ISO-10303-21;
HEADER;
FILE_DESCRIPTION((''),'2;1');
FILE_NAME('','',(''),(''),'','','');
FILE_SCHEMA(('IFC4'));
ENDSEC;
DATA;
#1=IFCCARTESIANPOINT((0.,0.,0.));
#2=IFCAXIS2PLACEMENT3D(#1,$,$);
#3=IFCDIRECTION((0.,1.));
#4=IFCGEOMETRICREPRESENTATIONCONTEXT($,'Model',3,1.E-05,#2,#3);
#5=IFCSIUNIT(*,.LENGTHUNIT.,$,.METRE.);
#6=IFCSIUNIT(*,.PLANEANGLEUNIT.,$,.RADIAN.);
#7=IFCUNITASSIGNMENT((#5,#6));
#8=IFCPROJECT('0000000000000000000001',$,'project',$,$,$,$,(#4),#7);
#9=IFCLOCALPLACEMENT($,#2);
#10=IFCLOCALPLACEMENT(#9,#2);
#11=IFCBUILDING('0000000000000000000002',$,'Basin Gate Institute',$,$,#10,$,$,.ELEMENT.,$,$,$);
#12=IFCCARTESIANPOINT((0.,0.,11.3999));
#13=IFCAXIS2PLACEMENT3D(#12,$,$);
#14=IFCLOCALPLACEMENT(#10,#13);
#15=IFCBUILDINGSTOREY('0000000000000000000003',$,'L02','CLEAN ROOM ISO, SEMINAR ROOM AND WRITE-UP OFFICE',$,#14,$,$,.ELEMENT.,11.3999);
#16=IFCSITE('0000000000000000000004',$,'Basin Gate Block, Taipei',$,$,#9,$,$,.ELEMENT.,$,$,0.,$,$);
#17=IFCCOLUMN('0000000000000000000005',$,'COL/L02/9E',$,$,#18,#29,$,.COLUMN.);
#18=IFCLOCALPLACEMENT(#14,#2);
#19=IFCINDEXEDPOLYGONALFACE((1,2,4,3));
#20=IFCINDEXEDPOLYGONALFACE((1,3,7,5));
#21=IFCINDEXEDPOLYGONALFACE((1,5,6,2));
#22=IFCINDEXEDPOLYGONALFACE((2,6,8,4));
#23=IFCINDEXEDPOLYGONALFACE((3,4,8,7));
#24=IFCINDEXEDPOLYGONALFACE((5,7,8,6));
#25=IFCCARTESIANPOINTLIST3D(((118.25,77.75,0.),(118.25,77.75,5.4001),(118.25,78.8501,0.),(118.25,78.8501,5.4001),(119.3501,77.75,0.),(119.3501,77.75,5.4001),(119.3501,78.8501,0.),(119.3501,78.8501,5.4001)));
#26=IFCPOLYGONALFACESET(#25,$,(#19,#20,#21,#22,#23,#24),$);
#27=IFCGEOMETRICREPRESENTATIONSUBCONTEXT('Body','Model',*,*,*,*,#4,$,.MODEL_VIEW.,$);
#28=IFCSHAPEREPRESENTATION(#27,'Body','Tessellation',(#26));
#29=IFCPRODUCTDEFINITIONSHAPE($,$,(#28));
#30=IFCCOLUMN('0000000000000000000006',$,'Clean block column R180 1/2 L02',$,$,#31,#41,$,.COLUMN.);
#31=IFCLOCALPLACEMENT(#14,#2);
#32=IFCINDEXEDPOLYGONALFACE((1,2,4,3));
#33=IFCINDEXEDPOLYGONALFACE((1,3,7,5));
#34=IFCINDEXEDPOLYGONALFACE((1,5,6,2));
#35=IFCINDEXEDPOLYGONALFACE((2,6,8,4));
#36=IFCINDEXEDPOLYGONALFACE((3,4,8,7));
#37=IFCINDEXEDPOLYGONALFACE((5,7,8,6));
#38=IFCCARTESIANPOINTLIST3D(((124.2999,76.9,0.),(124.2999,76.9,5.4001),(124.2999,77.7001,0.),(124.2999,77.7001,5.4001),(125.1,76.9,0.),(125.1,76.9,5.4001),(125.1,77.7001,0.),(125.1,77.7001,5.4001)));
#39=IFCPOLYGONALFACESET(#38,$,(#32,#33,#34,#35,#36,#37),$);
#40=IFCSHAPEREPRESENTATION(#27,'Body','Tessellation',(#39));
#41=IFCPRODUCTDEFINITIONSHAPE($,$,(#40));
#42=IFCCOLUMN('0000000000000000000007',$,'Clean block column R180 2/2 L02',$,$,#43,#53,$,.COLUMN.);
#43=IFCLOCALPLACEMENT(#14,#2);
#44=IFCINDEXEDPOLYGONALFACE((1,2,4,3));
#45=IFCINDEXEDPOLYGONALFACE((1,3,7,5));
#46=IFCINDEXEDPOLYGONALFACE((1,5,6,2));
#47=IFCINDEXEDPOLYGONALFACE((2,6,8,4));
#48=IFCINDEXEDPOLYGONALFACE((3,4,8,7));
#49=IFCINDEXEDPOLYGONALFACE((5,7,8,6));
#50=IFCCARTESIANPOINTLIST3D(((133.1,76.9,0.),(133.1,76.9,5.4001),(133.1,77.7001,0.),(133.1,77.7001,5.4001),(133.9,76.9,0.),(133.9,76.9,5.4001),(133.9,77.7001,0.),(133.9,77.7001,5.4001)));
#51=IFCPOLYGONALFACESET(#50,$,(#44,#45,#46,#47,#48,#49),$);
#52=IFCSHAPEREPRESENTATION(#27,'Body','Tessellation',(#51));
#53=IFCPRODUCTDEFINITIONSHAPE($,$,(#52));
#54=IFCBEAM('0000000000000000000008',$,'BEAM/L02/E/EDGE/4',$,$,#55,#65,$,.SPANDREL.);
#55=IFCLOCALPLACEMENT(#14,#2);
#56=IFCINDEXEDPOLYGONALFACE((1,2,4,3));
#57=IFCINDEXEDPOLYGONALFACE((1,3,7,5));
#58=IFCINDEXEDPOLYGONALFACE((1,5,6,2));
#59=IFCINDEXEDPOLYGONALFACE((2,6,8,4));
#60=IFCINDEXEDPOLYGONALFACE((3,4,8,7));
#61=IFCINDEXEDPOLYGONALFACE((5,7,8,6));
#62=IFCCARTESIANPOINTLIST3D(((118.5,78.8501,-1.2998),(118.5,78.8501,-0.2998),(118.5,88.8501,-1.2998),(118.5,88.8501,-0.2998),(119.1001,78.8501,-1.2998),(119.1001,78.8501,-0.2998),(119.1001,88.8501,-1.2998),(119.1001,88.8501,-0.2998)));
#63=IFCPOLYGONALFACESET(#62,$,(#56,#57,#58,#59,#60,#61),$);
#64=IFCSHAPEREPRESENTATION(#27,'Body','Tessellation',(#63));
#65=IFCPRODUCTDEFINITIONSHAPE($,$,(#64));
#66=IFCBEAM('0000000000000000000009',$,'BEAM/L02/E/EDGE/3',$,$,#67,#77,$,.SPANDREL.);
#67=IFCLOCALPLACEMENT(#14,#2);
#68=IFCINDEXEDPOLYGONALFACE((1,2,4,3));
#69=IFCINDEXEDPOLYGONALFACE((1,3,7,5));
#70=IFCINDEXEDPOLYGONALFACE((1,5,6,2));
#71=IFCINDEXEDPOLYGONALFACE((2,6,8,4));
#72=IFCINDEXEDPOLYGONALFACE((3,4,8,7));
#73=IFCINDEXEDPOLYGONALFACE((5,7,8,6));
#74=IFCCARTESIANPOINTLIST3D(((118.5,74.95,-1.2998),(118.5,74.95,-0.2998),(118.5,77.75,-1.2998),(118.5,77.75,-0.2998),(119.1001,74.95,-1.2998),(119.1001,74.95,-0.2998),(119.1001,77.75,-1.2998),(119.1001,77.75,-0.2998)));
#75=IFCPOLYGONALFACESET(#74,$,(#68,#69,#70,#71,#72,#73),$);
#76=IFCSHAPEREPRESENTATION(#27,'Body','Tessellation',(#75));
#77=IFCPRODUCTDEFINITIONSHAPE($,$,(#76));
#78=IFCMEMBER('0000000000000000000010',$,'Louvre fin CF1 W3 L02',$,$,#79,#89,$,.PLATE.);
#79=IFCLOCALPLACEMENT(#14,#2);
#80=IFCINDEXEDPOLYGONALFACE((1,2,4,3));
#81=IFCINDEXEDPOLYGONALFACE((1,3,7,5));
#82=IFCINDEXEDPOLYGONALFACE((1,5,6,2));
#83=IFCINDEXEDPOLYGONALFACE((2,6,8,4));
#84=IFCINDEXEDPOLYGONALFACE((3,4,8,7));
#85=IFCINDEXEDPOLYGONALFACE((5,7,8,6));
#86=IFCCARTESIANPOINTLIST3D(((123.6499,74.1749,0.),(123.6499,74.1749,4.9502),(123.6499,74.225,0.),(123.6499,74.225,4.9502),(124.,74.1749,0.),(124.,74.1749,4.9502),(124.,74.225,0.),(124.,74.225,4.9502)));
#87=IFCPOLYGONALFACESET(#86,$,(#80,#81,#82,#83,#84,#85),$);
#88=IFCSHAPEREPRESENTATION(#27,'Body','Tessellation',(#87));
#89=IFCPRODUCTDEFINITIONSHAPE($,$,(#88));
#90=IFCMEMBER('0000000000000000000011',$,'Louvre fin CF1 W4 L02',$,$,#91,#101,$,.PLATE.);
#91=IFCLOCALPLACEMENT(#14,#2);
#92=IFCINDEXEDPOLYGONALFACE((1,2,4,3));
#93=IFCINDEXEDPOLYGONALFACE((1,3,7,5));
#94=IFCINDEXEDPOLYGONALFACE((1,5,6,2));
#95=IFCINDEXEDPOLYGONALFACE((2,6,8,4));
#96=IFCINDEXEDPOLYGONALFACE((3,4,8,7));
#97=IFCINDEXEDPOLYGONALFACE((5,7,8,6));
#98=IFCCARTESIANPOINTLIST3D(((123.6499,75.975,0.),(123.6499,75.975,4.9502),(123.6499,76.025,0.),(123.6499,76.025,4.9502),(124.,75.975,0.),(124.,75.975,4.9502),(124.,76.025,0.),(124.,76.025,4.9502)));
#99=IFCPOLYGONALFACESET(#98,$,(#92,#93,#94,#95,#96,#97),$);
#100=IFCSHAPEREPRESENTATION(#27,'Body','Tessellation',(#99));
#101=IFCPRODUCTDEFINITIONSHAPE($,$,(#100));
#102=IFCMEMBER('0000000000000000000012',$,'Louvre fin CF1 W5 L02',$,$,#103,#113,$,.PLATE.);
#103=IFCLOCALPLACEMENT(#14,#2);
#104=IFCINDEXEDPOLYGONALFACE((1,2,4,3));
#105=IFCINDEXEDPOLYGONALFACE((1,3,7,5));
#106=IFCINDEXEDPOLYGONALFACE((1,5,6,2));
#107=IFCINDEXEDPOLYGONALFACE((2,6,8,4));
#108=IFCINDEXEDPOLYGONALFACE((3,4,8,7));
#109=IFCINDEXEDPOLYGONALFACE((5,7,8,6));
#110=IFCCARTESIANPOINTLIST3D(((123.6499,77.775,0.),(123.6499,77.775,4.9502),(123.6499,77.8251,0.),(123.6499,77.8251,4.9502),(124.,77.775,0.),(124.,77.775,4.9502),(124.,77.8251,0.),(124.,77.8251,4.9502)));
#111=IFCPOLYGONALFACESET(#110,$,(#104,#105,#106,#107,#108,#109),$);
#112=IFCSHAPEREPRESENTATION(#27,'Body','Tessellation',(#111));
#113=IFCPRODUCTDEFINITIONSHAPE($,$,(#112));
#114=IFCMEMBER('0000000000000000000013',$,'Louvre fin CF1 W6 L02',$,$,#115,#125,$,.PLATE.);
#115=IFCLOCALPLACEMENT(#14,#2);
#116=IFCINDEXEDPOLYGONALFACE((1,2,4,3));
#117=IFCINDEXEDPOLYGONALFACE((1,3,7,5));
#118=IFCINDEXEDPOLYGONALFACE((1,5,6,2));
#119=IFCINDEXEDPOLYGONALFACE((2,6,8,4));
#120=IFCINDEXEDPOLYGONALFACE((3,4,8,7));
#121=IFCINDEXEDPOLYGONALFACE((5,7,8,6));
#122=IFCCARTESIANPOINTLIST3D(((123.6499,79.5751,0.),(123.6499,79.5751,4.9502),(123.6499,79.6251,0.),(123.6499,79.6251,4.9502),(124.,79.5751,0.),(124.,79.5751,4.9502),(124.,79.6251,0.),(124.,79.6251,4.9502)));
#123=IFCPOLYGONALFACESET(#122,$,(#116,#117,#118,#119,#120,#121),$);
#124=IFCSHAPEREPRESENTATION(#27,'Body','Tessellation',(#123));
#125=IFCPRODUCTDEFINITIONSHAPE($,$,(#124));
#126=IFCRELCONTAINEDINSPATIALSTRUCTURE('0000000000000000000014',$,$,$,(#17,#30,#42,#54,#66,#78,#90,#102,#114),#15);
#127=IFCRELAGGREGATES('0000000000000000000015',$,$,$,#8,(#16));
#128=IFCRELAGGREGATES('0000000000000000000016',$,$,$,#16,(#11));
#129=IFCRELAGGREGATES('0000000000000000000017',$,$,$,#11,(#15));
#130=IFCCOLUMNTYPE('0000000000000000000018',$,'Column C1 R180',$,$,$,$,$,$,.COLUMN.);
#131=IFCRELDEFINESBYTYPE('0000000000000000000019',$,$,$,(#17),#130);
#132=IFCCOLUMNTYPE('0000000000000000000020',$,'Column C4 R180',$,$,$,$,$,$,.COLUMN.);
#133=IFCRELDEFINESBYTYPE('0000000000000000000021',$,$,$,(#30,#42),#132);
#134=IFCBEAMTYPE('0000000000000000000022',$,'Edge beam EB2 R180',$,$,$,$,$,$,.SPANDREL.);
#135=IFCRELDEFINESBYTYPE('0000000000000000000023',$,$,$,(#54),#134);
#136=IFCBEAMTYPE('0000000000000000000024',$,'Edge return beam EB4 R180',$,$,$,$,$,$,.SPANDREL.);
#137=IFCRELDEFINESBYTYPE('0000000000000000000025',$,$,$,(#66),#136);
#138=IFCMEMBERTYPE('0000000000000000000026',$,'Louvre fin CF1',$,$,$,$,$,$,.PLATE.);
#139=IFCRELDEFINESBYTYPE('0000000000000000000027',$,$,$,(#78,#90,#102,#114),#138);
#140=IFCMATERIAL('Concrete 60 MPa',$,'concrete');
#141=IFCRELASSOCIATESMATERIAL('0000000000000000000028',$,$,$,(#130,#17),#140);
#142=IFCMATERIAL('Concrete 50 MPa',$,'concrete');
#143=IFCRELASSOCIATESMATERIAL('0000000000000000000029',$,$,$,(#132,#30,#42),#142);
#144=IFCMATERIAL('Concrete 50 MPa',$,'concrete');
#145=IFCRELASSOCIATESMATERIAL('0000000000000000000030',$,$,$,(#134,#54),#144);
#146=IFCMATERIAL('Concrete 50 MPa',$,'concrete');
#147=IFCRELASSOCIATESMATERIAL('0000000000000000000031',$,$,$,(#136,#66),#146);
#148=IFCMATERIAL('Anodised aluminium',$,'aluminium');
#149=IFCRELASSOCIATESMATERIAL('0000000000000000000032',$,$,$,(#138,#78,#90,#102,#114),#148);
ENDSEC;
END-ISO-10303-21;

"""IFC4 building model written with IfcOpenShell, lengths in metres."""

from ifc_helpers import new_model, si_unit, direction, frame, origin, origin_2d, place, context, subcontext, project, spatial, rectangle, extrude, material, material_profile, profile_set, type_object, element, save


model = new_model("IFC4")

# Units and contexts
model_context = context("Model", 3, precision=1e-05, world=origin(), true_north=direction((0.0, 1.0)))
body_context = subcontext(model_context, "Body", "Model", "MODEL_VIEW")
ifc_project = project(units=[si_unit("LENGTHUNIT", "METRE"), si_unit("PLANEANGLEUNIT", "RADIAN")], contexts=[model_context])

# Site, building, storey
site_placement = place(None, origin())
site = spatial("IfcSite", under=ifc_project, at=site_placement, Name="Basin Gate Block, Taipei", CompositionType="ELEMENT", RefElevation=0.0)
building_placement = place(site_placement, origin())
building = spatial("IfcBuilding", under=site, at=building_placement, Name="Basin Gate Institute", CompositionType="ELEMENT")
storey_placement = place(building_placement, frame((0.0, 0.0, 11.3999)))
storey = spatial("IfcBuildingStorey", under=building, at=storey_placement, Name="L02", Description="CLEAN ROOM ISO, SEMINAR ROOM AND WRITE-UP OFFICE", CompositionType="ELEMENT", Elevation=11.3999)

# Columns
ifc_material_1 = material(Name="Concrete 60 MPa", Category="concrete")
ifc_material_profile_1 = material_profile(ifc_material_1, rectangle(XDim=1.1001, YDim=1.1001, at=origin_2d()), Name="Column C1 1100 x 1100")
ifc_profile_set_1 = profile_set([ifc_material_profile_1], Name="Concrete 60 MPa")
column_type_1 = type_object("IfcColumnType", Name="Column C1 R180", PredefinedType="COLUMN", material=ifc_profile_set_1)
column_placement = place(storey_placement, frame((118.8, 78.3, 0.0), z_axis=(0.0, 0.0, 1.0), x_axis=(1.0, 0.0, 0.0)))
element("IfcColumn", 1, at=column_placement, inside=storey, type_object=column_type_1, material=ifc_profile_set_1, Name="COL/L02/9E", PredefinedType="COLUMN", context=body_context, shape_type="SweptSolid", body=[
    extrude(rectangle(XDim=1.1001, YDim=1.1001, at=origin_2d()), origin(), (0.0, 0.0, 1.0), 5.4001),
])
ifc_material_2 = material(Name="Concrete 50 MPa", Category="concrete")
ifc_material_profile_2 = material_profile(ifc_material_2, rectangle(XDim=0.8, YDim=0.8, at=origin_2d()), Name="Column C4 800 x 800")
ifc_profile_set_2 = profile_set([ifc_material_profile_2], Name="Concrete 50 MPa")
column_type_2 = type_object("IfcColumnType", Name="Column C4 R180", PredefinedType="COLUMN", material=ifc_profile_set_2)
for number, where, z_axis, x_axis, name in (
    (2, (124.7, 77.3, 0.0), (0.0, 0.0, 1.0), (1.0, 0.0, 0.0), "Clean block column R180 1/2 L02"),
    (3, (133.5, 77.3, 0.0), (0.0, 0.0, 1.0), (1.0, 0.0, 0.0), "Clean block column R180 2/2 L02"),
):
    element("IfcColumn", number, at=place(storey_placement, frame(where, z_axis=z_axis, x_axis=x_axis)), inside=storey, type_object=column_type_2, material=ifc_profile_set_2, Name=name, PredefinedType="COLUMN", context=body_context, shape_type="SweptSolid", body=[
        extrude(rectangle(XDim=0.8, YDim=0.8, at=origin_2d()), origin(), (0.0, 0.0, 1.0), 5.4001),
    ])

# Beams
ifc_material_3 = material(Name="Concrete 50 MPa", Category="concrete")
ifc_material_profile_3 = material_profile(ifc_material_3, rectangle(XDim=0.6001, YDim=1.0, at=origin_2d()), Name="Edge beam EB2 600 x 1000")
ifc_profile_set_3 = profile_set([ifc_material_profile_3], Name="Concrete 50 MPa")
beam_type_1 = type_object("IfcBeamType", Name="Edge beam EB2 R180", PredefinedType="SPANDREL", material=ifc_profile_set_3)
beam_1_placement = place(storey_placement, frame((118.8, 78.8501, -0.7998), z_axis=(0.0, 1.0, 0.0), x_axis=(-1.0, 0.0, 0.0)))
element("IfcBeam", 4, at=beam_1_placement, inside=storey, type_object=beam_type_1, material=ifc_profile_set_3, Name="BEAM/L02/E/EDGE/4", PredefinedType="SPANDREL", context=body_context, shape_type="SweptSolid", body=[
    extrude(rectangle(XDim=0.6001, YDim=1.0, at=origin_2d()), origin(), (0.0, 0.0, 1.0), 10.0),
])
ifc_material_4 = material(Name="Concrete 50 MPa", Category="concrete")
ifc_material_profile_4 = material_profile(ifc_material_4, rectangle(XDim=0.6001, YDim=1.0, at=origin_2d()), Name="Edge return beam EB4 600 x 1000")
ifc_profile_set_4 = profile_set([ifc_material_profile_4], Name="Concrete 50 MPa")
beam_type_2 = type_object("IfcBeamType", Name="Edge return beam EB4 R180", PredefinedType="SPANDREL", material=ifc_profile_set_4)
beam_2_placement = place(storey_placement, frame((118.8, 74.95, -0.7998), z_axis=(0.0, 1.0, 0.0), x_axis=(-1.0, 0.0, 0.0)))
element("IfcBeam", 5, at=beam_2_placement, inside=storey, type_object=beam_type_2, material=ifc_profile_set_4, Name="BEAM/L02/E/EDGE/3", PredefinedType="SPANDREL", context=body_context, shape_type="SweptSolid", body=[
    extrude(rectangle(XDim=0.6001, YDim=1.0, at=origin_2d()), origin(), (0.0, 0.0, 1.0), 2.8),
])

# Members
ifc_material_5 = material(Name="Anodised aluminium", Category="aluminium")
ifc_material_profile_5 = material_profile(ifc_material_5, rectangle(XDim=0.05, YDim=0.3501, at=origin_2d()), Name="Louvre fin CF1 50 x 350")
ifc_profile_set_5 = profile_set([ifc_material_profile_5], Name="Anodised aluminium")
member_type = type_object("IfcMemberType", Name="Louvre fin CF1", PredefinedType="PLATE", material=ifc_profile_set_5)
for number, where, z_axis, x_axis, name in (
    (6, (123.825, 74.2, 0.0), (0.0, 0.0, 1.0), (0.0, 1.0, 0.0), "Louvre fin CF1 W3 L02"),
    (7, (123.825, 76.0, 0.0), (0.0, 0.0, 1.0), (0.0, 1.0, 0.0), "Louvre fin CF1 W4 L02"),
    (8, (123.825, 77.8, 0.0), (0.0, 0.0, 1.0), (0.0, 1.0, 0.0), "Louvre fin CF1 W5 L02"),
    (9, (123.825, 79.6001, 0.0), (0.0, 0.0, 1.0), (0.0, 1.0, 0.0), "Louvre fin CF1 W6 L02"),
):
    element("IfcMember", number, at=place(storey_placement, frame(where, z_axis=z_axis, x_axis=x_axis)), inside=storey, type_object=member_type, material=ifc_profile_set_5, Name=name, PredefinedType="PLATE", context=body_context, shape_type="SweptSolid", body=[
        extrude(rectangle(XDim=0.05, YDim=0.3501, at=origin_2d()), origin(), (0.0, 0.0, 1.0), 4.9502),
    ])

save(model, "model.ifc")
